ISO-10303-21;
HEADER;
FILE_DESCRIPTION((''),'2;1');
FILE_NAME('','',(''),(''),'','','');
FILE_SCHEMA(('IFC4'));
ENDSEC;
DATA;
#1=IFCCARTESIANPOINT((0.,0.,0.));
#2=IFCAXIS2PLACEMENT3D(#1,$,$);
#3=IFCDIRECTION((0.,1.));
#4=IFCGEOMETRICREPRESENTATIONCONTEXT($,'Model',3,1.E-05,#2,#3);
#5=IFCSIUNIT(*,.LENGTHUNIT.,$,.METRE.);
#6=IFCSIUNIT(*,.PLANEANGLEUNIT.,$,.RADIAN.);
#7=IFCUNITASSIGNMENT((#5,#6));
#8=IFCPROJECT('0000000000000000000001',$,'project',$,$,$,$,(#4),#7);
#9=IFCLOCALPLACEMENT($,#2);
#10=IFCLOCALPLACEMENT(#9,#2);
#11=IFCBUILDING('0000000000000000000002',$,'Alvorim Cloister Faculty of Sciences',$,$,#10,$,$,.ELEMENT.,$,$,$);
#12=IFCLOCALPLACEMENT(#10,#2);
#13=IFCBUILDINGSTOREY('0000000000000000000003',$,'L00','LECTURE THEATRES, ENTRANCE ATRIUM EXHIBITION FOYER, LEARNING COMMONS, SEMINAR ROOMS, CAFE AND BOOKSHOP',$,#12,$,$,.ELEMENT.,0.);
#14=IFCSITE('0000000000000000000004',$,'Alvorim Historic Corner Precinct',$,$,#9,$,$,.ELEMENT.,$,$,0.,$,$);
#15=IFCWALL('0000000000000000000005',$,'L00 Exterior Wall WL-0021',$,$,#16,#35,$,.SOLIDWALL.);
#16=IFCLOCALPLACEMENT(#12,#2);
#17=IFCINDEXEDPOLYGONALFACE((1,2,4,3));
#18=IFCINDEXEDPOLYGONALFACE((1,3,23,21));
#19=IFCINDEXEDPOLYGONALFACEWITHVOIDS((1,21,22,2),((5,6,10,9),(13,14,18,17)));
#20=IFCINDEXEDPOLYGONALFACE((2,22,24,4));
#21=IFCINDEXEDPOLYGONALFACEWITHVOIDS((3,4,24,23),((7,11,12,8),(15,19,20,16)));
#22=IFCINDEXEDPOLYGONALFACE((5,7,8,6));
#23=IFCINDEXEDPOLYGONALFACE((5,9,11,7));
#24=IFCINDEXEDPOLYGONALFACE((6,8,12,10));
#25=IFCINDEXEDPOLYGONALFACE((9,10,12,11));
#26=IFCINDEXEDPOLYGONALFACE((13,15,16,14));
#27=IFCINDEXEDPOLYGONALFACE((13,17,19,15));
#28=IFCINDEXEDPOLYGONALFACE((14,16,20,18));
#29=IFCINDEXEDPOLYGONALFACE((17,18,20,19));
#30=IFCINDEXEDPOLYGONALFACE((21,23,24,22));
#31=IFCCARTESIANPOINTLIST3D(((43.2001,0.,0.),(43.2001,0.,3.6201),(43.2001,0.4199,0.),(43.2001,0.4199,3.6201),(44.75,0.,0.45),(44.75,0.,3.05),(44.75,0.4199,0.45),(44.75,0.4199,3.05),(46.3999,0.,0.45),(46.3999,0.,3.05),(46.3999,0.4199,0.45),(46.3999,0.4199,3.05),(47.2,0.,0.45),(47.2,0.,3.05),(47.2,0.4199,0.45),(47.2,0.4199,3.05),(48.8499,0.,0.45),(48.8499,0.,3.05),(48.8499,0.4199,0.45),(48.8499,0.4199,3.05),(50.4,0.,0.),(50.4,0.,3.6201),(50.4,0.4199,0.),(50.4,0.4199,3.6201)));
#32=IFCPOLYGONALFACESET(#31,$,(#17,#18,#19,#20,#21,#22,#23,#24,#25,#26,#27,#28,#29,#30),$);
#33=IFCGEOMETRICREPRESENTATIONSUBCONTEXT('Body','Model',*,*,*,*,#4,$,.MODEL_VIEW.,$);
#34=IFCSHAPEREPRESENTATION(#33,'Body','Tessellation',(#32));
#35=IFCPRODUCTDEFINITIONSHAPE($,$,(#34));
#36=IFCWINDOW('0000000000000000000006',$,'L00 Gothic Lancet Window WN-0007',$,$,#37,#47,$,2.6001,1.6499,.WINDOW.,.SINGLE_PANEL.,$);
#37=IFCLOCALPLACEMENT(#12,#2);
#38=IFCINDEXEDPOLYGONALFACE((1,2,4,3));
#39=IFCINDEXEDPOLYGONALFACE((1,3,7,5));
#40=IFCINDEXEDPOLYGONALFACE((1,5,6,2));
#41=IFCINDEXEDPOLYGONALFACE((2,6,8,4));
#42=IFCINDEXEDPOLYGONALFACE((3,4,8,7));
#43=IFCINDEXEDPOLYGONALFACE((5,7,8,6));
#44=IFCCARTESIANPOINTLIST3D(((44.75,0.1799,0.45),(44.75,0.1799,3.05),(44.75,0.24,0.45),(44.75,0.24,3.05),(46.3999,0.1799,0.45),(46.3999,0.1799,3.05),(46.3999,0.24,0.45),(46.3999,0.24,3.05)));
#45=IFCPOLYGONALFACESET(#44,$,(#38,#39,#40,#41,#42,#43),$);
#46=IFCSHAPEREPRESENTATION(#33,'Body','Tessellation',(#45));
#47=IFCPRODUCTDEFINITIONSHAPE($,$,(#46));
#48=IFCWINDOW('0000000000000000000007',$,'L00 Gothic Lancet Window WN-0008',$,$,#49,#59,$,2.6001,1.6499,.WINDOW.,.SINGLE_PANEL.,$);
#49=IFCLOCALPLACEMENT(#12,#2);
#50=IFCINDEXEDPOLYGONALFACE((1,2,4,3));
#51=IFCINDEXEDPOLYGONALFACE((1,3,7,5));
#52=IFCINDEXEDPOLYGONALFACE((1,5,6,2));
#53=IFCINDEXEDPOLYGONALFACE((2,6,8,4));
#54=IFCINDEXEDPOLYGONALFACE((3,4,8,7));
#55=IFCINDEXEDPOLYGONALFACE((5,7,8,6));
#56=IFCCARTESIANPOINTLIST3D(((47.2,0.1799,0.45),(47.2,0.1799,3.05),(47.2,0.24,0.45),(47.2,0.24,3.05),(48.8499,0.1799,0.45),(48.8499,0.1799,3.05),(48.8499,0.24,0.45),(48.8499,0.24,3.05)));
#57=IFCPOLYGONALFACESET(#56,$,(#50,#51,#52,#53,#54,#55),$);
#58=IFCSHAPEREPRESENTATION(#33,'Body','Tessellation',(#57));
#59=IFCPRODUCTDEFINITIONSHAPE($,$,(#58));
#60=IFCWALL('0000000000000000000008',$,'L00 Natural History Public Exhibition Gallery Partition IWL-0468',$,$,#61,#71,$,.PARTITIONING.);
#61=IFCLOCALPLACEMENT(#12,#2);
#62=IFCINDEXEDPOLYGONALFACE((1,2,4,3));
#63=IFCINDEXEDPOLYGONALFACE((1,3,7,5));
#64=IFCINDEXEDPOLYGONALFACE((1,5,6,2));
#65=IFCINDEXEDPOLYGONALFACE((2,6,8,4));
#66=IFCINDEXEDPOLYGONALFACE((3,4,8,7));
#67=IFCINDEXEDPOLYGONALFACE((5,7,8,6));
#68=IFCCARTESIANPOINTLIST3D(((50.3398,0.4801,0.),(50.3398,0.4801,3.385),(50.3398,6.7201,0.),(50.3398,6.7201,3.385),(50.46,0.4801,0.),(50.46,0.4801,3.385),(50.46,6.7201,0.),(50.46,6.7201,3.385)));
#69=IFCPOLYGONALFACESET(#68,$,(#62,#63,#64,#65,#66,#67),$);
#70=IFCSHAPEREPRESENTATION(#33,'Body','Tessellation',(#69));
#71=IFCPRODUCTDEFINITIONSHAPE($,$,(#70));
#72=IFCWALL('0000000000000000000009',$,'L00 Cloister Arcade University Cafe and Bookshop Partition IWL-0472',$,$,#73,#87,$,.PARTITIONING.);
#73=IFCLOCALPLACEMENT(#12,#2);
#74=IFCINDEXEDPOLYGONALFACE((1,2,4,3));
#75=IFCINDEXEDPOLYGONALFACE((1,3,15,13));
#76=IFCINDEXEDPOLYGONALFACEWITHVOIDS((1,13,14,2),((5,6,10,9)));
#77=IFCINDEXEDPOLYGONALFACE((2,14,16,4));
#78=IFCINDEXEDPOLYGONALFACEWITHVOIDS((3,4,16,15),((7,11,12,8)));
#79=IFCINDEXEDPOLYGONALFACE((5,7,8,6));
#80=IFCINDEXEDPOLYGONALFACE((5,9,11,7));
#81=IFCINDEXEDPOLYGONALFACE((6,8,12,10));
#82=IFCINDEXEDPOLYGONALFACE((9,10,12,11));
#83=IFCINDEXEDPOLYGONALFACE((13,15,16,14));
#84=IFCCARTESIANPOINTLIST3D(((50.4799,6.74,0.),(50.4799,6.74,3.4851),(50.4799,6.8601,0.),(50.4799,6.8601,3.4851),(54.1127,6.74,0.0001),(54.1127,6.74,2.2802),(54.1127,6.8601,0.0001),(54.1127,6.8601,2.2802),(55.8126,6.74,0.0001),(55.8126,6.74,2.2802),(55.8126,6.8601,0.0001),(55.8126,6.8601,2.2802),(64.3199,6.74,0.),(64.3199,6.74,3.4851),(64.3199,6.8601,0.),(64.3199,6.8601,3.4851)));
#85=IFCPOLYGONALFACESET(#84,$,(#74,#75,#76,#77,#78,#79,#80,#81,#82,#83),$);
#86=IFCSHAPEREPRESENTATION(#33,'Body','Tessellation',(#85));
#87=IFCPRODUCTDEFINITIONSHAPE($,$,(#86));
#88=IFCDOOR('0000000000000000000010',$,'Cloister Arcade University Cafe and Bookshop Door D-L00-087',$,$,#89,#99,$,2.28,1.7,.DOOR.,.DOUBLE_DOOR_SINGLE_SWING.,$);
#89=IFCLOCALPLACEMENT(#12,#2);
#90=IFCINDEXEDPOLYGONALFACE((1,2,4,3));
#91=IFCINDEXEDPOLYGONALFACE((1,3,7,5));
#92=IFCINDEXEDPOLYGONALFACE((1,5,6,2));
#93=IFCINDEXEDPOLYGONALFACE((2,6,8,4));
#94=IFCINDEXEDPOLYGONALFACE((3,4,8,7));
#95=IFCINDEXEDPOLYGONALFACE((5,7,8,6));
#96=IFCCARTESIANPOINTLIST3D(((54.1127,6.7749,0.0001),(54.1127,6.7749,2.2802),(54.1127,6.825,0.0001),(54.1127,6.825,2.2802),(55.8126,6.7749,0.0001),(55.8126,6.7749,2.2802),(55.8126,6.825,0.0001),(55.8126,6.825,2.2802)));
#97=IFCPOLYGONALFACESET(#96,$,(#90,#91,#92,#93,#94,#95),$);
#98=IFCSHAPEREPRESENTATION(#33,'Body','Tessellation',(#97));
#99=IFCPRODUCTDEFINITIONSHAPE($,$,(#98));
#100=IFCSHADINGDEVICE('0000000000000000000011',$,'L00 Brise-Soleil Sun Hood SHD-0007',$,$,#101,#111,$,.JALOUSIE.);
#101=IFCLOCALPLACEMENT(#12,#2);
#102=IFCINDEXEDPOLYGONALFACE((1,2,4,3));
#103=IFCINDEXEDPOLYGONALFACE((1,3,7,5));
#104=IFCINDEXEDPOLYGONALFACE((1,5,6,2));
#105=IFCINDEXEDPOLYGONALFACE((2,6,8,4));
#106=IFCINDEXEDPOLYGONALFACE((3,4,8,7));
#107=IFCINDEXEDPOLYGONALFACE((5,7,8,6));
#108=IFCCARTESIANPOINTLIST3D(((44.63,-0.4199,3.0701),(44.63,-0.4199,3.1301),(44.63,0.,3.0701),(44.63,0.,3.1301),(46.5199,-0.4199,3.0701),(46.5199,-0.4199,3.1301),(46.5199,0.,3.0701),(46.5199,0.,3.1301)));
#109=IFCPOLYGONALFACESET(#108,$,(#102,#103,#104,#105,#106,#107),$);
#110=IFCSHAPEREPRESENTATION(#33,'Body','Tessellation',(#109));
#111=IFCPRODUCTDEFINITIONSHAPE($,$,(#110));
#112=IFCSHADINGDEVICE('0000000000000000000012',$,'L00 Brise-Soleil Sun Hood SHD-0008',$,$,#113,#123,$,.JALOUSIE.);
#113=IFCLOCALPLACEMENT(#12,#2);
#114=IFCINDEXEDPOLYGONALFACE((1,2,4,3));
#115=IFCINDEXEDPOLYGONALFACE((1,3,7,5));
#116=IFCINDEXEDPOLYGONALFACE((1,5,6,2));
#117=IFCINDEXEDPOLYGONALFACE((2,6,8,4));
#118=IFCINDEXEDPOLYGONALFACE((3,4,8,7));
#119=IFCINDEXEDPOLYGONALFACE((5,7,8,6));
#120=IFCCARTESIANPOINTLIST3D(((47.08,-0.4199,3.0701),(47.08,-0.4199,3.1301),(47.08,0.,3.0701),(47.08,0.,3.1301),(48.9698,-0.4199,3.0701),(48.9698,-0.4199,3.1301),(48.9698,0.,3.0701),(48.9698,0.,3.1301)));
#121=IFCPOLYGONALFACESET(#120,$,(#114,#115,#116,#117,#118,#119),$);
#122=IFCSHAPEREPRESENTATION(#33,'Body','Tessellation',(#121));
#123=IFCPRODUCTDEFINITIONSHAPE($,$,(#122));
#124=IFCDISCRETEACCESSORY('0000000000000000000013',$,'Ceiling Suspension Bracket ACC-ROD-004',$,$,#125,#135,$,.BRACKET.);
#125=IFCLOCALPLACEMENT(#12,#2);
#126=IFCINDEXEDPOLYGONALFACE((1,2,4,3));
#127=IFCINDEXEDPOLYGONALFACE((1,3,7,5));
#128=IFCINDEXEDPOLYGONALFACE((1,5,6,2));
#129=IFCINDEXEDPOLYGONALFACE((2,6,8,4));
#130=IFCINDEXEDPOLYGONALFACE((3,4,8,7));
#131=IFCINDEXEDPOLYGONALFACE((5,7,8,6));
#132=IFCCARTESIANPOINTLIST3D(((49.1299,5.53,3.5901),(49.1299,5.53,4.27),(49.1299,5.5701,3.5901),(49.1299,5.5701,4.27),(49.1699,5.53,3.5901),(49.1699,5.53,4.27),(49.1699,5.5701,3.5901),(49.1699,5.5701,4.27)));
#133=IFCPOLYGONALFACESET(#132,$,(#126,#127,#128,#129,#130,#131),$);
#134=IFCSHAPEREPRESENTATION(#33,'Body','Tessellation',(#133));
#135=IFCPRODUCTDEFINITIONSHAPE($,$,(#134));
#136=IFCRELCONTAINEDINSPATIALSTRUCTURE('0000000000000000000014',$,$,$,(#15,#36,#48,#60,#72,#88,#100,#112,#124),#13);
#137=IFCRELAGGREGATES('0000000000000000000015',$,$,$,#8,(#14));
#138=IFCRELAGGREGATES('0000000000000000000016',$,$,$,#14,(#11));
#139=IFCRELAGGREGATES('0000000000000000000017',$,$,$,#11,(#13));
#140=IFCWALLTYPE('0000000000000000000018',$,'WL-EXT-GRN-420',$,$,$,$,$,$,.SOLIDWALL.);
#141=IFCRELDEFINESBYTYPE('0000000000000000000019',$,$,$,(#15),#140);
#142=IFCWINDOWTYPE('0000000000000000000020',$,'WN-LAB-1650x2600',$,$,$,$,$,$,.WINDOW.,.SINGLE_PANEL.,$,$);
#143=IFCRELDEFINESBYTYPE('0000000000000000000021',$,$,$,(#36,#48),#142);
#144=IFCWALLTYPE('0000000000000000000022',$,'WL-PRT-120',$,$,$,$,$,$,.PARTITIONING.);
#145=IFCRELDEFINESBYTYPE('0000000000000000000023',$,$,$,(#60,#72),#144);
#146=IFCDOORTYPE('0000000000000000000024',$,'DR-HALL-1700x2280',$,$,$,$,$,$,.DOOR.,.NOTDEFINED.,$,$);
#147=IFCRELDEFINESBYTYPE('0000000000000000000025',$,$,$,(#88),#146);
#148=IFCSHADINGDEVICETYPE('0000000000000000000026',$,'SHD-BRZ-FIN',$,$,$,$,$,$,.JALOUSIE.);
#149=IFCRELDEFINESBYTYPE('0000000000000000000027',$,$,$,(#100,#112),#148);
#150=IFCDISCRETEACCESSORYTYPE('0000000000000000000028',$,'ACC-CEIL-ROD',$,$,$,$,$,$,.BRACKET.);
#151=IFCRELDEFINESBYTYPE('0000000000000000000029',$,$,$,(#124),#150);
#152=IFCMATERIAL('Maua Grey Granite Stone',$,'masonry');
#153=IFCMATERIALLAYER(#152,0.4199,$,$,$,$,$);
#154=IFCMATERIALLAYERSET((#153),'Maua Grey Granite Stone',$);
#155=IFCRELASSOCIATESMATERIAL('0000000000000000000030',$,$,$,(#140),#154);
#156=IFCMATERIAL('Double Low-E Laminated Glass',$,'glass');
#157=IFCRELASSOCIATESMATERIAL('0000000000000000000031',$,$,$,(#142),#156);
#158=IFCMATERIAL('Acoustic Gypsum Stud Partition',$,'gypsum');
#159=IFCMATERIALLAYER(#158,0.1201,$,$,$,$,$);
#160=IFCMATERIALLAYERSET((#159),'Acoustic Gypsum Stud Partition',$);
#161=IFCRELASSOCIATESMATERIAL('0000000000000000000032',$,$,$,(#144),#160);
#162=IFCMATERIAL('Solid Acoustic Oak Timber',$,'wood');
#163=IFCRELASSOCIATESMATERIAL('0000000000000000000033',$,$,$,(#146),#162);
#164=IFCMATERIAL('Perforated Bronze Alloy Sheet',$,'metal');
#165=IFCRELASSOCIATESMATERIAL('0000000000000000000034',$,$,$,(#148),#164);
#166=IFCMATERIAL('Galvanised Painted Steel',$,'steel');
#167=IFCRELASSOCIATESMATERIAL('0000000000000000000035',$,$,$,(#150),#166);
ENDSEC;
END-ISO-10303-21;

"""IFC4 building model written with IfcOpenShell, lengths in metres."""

from ifc_helpers import new_model, si_unit, direction, frame, frame_2d, origin, origin_2d, place, context, subcontext, project, spatial, rectangle, extrude, material, layer, layer_set, type_object, element, fill, save


model = new_model("IFC4")

# Units and contexts
model_context = context("Model", 3, precision=1e-05, world=origin(), true_north=direction((0.0, 1.0)))
body_context = subcontext(model_context, "Body", "Model", "MODEL_VIEW")
ifc_project = project(units=[si_unit("LENGTHUNIT", "METRE"), si_unit("PLANEANGLEUNIT", "RADIAN")], contexts=[model_context])

# Site, building, storey
site_placement = place(None, origin())
site = spatial("IfcSite", under=ifc_project, at=site_placement, Name="Alvorim Historic Corner Precinct", CompositionType="ELEMENT", RefElevation=0.0)
building_placement = place(site_placement, origin())
building = spatial("IfcBuilding", under=site, at=building_placement, Name="Alvorim Cloister Faculty of Sciences", CompositionType="ELEMENT")
storey_placement = place(building_placement, origin())
storey = spatial("IfcBuildingStorey", under=building, at=storey_placement, Name="L00", Description="LECTURE THEATRES, ENTRANCE ATRIUM EXHIBITION FOYER, LEARNING COMMONS, SEMINAR ROOMS, CAFE AND BOOKSHOP", CompositionType="ELEMENT", Elevation=0.0)

# Shared definitions
ifc_material_1 = material(Name="Maua Grey Granite Stone", Category="masonry")

# Shared definitions
ifc_layer_1 = layer(ifc_material_1, 0.4199)
ifc_layer_set_1 = layer_set([ifc_layer_1], Name="Maua Grey Granite Stone")
wall_type_1 = type_object("IfcWallType", Name="WL-EXT-GRN-420", PredefinedType="SOLIDWALL", material=ifc_layer_set_1)

# Wall, openings, windows
wall_1_placement = place(storey_placement, frame((43.2, 0.21, 0.0), z_axis=(0.0, 0.0, 1.0), x_axis=(1.0, 0.0, 0.0)))
wall_1 = element("IfcWall", 1, at=wall_1_placement, inside=storey, type_object=wall_type_1, Name="L00 Exterior Wall WL-0021", PredefinedType="SOLIDWALL", context=body_context, shape_type="SweptSolid", body=[
    extrude(rectangle(XDim=7.2, YDim=0.4199, at=frame_2d((3.6001, 0.0))), origin(), (0.0, 0.0, 1.0), 3.6201),
])
opening_1_placement = place(wall_1_placement, frame((1.55, 0.0, 0.45)))
opening_1 = element("IfcOpeningElement", 2, at=opening_1_placement, cuts=wall_1, PredefinedType="OPENING", context=body_context, shape_type="SweptSolid", body=[
    extrude(rectangle(XDim=1.6499, YDim=2.6001, at=frame_2d((0.825, 1.3))), frame((0.0, 0.2219, 0.0), z_axis=(0.0, -1.0, 0.0), x_axis=(1.0, 0.0, 0.0)), (0.0, 0.0, 1.0), 0.4438),
])
opening_2_placement = place(wall_1_placement, frame((4.0, 0.0, 0.45)))
opening_2 = element("IfcOpeningElement", 3, at=opening_2_placement, cuts=wall_1, PredefinedType="OPENING", context=body_context, shape_type="SweptSolid", body=[
    extrude(rectangle(XDim=1.6499, YDim=2.6001, at=frame_2d((0.825, 1.3))), frame((0.0, 0.2219, 0.0), z_axis=(0.0, -1.0, 0.0), x_axis=(1.0, 0.0, 0.0)), (0.0, 0.0, 1.0), 0.4438),
])
ifc_material_2 = material(Name="Double Low-E Laminated Glass", Category="glass")
window_type = type_object("IfcWindowType", Name="WN-LAB-1650x2600", PartitioningType="SINGLE_PANEL", PredefinedType="WINDOW", material=ifc_material_2)
window_1_placement = place(opening_1_placement, origin())
window_1 = element("IfcWindow", 4, at=window_1_placement, inside=storey, type_object=window_type, Name="L00 Gothic Lancet Window WN-0007", OverallHeight=2.6001, OverallWidth=1.6499, PartitioningType="SINGLE_PANEL", PredefinedType="WINDOW", context=body_context, shape_type="SweptSolid", body=[
    extrude(rectangle(XDim=1.6499, YDim=2.6001, at=frame_2d((0.825, 1.3))), frame((0.0, 0.03, 0.0), z_axis=(0.0, -1.0, 0.0), x_axis=(1.0, 0.0, 0.0)), (0.0, 0.0, 1.0), 0.0601),
])
fill(opening_1, window_1)
window_2_placement = place(opening_2_placement, origin())
window_2 = element("IfcWindow", 5, at=window_2_placement, inside=storey, type_object=window_type, Name="L00 Gothic Lancet Window WN-0008", OverallHeight=2.6001, OverallWidth=1.6499, PartitioningType="SINGLE_PANEL", PredefinedType="WINDOW", context=body_context, shape_type="SweptSolid", body=[
    extrude(rectangle(XDim=1.6499, YDim=2.6001, at=frame_2d((0.825, 1.3))), frame((0.0, 0.03, 0.0), z_axis=(0.0, -1.0, 0.0), x_axis=(1.0, 0.0, 0.0)), (0.0, 0.0, 1.0), 0.0601),
])
fill(opening_2, window_2)

# Wall
ifc_material_3 = material(Name="Acoustic Gypsum Stud Partition", Category="gypsum")
ifc_layer_2 = layer(ifc_material_3, 0.1201)
ifc_layer_set_2 = layer_set([ifc_layer_2], Name="Acoustic Gypsum Stud Partition")
wall_type_2 = type_object("IfcWallType", Name="WL-PRT-120", PredefinedType="PARTITIONING", material=ifc_layer_set_2)
wall_2_placement = place(storey_placement, frame((50.3999, 0.48, 0.0), z_axis=(0.0, 0.0, 1.0), x_axis=(0.0, 1.0, 0.0)))
element("IfcWall", 6, at=wall_2_placement, inside=storey, type_object=wall_type_2, Name="L00 Natural History Public Exhibition Gallery Partition IWL-0468", PredefinedType="PARTITIONING", context=body_context, shape_type="SweptSolid", body=[
    extrude(rectangle(XDim=6.24, YDim=0.1201, at=frame_2d((3.1201, 0.0))), origin(), (0.0, 0.0, 1.0), 3.385),
])

# Wall, opening, door
wall_3_placement = place(storey_placement, frame((50.48, 6.8, 0.0), z_axis=(0.0, 0.0, 1.0), x_axis=(1.0, 0.0, 0.0)))
wall_3 = element("IfcWall", 7, at=wall_3_placement, inside=storey, type_object=wall_type_2, Name="L00 Cloister Arcade University Cafe and Bookshop Partition IWL-0472", PredefinedType="PARTITIONING", context=body_context, shape_type="SweptSolid", body=[
    extrude(rectangle(XDim=13.8401, YDim=0.1201, at=frame_2d((6.9199, 0.0))), origin(), (0.0, 0.0, 1.0), 3.4851),
])
opening_3_placement = place(wall_3_placement, frame((3.6326, 0.0, 0.0)))
opening_3 = element("IfcOpeningElement", 8, at=opening_3_placement, cuts=wall_3, PredefinedType="OPENING", context=body_context, shape_type="SweptSolid", body=[
    extrude(rectangle(XDim=1.7, YDim=2.28, at=frame_2d((0.8501, 1.1401))), frame((0.0, 0.072, 0.0), z_axis=(0.0, -1.0, 0.0), x_axis=(1.0, 0.0, 0.0)), (0.0, 0.0, 1.0), 0.144),
])
ifc_material_4 = material(Name="Solid Acoustic Oak Timber", Category="wood")
door_type_1 = type_object("IfcDoorType", Name="DR-HALL-1700x2280", OperationType="NOTDEFINED", PredefinedType="DOOR", material=ifc_material_4)
door_1_placement = place(opening_3_placement, origin())
door_1 = element("IfcDoor", 9, at=door_1_placement, inside=storey, type_object=door_type_1, Name="Cloister Arcade University Cafe and Bookshop Door D-L00-087", OperationType="DOUBLE_DOOR_SINGLE_SWING", OverallHeight=2.28, OverallWidth=1.7, PredefinedType="DOOR", context=body_context, shape_type="SweptSolid", body=[
    extrude(rectangle(XDim=1.7, YDim=2.28, at=frame_2d((0.8501, 1.1401))), frame((0.0, 0.0249, 0.0), z_axis=(0.0, -1.0, 0.0), x_axis=(1.0, 0.0, 0.0)), (0.0, 0.0, 1.0), 0.05),
])
fill(opening_3, door_1)

# Shading devices
ifc_material_5 = material(Name="Perforated Bronze Alloy Sheet", Category="metal")
shading_device_type = type_object("IfcShadingDeviceType", Name="SHD-BRZ-FIN", PredefinedType="JALOUSIE", material=ifc_material_5)
for number, where, z_axis, x_axis, name in (
    (10, (45.575, -0.21, 3.0701), (0.0, 0.0, 1.0), (1.0, 0.0, 0.0), "L00 Brise-Soleil Sun Hood SHD-0007"),
    (11, (48.0249, -0.21, 3.0701), (0.0, 0.0, 1.0), (1.0, 0.0, 0.0), "L00 Brise-Soleil Sun Hood SHD-0008"),
):
    element("IfcShadingDevice", number, at=place(storey_placement, frame(where, z_axis=z_axis, x_axis=x_axis)), inside=storey, type_object=shading_device_type, Name=name, PredefinedType="JALOUSIE", context=body_context, shape_type="SweptSolid", body=[
        extrude(rectangle(XDim=1.8899, YDim=0.4199, at=origin_2d()), origin(), (0.0, 0.0, 1.0), 0.0601),
    ])

# Discrete accessory
ifc_material_6 = material(Name="Galvanised Painted Steel", Category="steel")
discrete_accessory_type = type_object("IfcDiscreteAccessoryType", Name="ACC-CEIL-ROD", PredefinedType="BRACKET", material=ifc_material_6)
discrete_accessory_placement = place(storey_placement, frame((49.1499, 5.55, 3.5901), z_axis=(0.0, 0.0, 1.0), x_axis=(1.0, 0.0, 0.0)))
element("IfcDiscreteAccessory", 12, at=discrete_accessory_placement, inside=storey, type_object=discrete_accessory_type, Name="Ceiling Suspension Bracket ACC-ROD-004", PredefinedType="BRACKET", context=body_context, shape_type="SweptSolid", body=[
    extrude(rectangle(XDim=0.04, YDim=0.04, at=origin_2d()), origin(), (0.0, 0.0, 1.0), 0.6799),
])

save(model, "model.ifc")
